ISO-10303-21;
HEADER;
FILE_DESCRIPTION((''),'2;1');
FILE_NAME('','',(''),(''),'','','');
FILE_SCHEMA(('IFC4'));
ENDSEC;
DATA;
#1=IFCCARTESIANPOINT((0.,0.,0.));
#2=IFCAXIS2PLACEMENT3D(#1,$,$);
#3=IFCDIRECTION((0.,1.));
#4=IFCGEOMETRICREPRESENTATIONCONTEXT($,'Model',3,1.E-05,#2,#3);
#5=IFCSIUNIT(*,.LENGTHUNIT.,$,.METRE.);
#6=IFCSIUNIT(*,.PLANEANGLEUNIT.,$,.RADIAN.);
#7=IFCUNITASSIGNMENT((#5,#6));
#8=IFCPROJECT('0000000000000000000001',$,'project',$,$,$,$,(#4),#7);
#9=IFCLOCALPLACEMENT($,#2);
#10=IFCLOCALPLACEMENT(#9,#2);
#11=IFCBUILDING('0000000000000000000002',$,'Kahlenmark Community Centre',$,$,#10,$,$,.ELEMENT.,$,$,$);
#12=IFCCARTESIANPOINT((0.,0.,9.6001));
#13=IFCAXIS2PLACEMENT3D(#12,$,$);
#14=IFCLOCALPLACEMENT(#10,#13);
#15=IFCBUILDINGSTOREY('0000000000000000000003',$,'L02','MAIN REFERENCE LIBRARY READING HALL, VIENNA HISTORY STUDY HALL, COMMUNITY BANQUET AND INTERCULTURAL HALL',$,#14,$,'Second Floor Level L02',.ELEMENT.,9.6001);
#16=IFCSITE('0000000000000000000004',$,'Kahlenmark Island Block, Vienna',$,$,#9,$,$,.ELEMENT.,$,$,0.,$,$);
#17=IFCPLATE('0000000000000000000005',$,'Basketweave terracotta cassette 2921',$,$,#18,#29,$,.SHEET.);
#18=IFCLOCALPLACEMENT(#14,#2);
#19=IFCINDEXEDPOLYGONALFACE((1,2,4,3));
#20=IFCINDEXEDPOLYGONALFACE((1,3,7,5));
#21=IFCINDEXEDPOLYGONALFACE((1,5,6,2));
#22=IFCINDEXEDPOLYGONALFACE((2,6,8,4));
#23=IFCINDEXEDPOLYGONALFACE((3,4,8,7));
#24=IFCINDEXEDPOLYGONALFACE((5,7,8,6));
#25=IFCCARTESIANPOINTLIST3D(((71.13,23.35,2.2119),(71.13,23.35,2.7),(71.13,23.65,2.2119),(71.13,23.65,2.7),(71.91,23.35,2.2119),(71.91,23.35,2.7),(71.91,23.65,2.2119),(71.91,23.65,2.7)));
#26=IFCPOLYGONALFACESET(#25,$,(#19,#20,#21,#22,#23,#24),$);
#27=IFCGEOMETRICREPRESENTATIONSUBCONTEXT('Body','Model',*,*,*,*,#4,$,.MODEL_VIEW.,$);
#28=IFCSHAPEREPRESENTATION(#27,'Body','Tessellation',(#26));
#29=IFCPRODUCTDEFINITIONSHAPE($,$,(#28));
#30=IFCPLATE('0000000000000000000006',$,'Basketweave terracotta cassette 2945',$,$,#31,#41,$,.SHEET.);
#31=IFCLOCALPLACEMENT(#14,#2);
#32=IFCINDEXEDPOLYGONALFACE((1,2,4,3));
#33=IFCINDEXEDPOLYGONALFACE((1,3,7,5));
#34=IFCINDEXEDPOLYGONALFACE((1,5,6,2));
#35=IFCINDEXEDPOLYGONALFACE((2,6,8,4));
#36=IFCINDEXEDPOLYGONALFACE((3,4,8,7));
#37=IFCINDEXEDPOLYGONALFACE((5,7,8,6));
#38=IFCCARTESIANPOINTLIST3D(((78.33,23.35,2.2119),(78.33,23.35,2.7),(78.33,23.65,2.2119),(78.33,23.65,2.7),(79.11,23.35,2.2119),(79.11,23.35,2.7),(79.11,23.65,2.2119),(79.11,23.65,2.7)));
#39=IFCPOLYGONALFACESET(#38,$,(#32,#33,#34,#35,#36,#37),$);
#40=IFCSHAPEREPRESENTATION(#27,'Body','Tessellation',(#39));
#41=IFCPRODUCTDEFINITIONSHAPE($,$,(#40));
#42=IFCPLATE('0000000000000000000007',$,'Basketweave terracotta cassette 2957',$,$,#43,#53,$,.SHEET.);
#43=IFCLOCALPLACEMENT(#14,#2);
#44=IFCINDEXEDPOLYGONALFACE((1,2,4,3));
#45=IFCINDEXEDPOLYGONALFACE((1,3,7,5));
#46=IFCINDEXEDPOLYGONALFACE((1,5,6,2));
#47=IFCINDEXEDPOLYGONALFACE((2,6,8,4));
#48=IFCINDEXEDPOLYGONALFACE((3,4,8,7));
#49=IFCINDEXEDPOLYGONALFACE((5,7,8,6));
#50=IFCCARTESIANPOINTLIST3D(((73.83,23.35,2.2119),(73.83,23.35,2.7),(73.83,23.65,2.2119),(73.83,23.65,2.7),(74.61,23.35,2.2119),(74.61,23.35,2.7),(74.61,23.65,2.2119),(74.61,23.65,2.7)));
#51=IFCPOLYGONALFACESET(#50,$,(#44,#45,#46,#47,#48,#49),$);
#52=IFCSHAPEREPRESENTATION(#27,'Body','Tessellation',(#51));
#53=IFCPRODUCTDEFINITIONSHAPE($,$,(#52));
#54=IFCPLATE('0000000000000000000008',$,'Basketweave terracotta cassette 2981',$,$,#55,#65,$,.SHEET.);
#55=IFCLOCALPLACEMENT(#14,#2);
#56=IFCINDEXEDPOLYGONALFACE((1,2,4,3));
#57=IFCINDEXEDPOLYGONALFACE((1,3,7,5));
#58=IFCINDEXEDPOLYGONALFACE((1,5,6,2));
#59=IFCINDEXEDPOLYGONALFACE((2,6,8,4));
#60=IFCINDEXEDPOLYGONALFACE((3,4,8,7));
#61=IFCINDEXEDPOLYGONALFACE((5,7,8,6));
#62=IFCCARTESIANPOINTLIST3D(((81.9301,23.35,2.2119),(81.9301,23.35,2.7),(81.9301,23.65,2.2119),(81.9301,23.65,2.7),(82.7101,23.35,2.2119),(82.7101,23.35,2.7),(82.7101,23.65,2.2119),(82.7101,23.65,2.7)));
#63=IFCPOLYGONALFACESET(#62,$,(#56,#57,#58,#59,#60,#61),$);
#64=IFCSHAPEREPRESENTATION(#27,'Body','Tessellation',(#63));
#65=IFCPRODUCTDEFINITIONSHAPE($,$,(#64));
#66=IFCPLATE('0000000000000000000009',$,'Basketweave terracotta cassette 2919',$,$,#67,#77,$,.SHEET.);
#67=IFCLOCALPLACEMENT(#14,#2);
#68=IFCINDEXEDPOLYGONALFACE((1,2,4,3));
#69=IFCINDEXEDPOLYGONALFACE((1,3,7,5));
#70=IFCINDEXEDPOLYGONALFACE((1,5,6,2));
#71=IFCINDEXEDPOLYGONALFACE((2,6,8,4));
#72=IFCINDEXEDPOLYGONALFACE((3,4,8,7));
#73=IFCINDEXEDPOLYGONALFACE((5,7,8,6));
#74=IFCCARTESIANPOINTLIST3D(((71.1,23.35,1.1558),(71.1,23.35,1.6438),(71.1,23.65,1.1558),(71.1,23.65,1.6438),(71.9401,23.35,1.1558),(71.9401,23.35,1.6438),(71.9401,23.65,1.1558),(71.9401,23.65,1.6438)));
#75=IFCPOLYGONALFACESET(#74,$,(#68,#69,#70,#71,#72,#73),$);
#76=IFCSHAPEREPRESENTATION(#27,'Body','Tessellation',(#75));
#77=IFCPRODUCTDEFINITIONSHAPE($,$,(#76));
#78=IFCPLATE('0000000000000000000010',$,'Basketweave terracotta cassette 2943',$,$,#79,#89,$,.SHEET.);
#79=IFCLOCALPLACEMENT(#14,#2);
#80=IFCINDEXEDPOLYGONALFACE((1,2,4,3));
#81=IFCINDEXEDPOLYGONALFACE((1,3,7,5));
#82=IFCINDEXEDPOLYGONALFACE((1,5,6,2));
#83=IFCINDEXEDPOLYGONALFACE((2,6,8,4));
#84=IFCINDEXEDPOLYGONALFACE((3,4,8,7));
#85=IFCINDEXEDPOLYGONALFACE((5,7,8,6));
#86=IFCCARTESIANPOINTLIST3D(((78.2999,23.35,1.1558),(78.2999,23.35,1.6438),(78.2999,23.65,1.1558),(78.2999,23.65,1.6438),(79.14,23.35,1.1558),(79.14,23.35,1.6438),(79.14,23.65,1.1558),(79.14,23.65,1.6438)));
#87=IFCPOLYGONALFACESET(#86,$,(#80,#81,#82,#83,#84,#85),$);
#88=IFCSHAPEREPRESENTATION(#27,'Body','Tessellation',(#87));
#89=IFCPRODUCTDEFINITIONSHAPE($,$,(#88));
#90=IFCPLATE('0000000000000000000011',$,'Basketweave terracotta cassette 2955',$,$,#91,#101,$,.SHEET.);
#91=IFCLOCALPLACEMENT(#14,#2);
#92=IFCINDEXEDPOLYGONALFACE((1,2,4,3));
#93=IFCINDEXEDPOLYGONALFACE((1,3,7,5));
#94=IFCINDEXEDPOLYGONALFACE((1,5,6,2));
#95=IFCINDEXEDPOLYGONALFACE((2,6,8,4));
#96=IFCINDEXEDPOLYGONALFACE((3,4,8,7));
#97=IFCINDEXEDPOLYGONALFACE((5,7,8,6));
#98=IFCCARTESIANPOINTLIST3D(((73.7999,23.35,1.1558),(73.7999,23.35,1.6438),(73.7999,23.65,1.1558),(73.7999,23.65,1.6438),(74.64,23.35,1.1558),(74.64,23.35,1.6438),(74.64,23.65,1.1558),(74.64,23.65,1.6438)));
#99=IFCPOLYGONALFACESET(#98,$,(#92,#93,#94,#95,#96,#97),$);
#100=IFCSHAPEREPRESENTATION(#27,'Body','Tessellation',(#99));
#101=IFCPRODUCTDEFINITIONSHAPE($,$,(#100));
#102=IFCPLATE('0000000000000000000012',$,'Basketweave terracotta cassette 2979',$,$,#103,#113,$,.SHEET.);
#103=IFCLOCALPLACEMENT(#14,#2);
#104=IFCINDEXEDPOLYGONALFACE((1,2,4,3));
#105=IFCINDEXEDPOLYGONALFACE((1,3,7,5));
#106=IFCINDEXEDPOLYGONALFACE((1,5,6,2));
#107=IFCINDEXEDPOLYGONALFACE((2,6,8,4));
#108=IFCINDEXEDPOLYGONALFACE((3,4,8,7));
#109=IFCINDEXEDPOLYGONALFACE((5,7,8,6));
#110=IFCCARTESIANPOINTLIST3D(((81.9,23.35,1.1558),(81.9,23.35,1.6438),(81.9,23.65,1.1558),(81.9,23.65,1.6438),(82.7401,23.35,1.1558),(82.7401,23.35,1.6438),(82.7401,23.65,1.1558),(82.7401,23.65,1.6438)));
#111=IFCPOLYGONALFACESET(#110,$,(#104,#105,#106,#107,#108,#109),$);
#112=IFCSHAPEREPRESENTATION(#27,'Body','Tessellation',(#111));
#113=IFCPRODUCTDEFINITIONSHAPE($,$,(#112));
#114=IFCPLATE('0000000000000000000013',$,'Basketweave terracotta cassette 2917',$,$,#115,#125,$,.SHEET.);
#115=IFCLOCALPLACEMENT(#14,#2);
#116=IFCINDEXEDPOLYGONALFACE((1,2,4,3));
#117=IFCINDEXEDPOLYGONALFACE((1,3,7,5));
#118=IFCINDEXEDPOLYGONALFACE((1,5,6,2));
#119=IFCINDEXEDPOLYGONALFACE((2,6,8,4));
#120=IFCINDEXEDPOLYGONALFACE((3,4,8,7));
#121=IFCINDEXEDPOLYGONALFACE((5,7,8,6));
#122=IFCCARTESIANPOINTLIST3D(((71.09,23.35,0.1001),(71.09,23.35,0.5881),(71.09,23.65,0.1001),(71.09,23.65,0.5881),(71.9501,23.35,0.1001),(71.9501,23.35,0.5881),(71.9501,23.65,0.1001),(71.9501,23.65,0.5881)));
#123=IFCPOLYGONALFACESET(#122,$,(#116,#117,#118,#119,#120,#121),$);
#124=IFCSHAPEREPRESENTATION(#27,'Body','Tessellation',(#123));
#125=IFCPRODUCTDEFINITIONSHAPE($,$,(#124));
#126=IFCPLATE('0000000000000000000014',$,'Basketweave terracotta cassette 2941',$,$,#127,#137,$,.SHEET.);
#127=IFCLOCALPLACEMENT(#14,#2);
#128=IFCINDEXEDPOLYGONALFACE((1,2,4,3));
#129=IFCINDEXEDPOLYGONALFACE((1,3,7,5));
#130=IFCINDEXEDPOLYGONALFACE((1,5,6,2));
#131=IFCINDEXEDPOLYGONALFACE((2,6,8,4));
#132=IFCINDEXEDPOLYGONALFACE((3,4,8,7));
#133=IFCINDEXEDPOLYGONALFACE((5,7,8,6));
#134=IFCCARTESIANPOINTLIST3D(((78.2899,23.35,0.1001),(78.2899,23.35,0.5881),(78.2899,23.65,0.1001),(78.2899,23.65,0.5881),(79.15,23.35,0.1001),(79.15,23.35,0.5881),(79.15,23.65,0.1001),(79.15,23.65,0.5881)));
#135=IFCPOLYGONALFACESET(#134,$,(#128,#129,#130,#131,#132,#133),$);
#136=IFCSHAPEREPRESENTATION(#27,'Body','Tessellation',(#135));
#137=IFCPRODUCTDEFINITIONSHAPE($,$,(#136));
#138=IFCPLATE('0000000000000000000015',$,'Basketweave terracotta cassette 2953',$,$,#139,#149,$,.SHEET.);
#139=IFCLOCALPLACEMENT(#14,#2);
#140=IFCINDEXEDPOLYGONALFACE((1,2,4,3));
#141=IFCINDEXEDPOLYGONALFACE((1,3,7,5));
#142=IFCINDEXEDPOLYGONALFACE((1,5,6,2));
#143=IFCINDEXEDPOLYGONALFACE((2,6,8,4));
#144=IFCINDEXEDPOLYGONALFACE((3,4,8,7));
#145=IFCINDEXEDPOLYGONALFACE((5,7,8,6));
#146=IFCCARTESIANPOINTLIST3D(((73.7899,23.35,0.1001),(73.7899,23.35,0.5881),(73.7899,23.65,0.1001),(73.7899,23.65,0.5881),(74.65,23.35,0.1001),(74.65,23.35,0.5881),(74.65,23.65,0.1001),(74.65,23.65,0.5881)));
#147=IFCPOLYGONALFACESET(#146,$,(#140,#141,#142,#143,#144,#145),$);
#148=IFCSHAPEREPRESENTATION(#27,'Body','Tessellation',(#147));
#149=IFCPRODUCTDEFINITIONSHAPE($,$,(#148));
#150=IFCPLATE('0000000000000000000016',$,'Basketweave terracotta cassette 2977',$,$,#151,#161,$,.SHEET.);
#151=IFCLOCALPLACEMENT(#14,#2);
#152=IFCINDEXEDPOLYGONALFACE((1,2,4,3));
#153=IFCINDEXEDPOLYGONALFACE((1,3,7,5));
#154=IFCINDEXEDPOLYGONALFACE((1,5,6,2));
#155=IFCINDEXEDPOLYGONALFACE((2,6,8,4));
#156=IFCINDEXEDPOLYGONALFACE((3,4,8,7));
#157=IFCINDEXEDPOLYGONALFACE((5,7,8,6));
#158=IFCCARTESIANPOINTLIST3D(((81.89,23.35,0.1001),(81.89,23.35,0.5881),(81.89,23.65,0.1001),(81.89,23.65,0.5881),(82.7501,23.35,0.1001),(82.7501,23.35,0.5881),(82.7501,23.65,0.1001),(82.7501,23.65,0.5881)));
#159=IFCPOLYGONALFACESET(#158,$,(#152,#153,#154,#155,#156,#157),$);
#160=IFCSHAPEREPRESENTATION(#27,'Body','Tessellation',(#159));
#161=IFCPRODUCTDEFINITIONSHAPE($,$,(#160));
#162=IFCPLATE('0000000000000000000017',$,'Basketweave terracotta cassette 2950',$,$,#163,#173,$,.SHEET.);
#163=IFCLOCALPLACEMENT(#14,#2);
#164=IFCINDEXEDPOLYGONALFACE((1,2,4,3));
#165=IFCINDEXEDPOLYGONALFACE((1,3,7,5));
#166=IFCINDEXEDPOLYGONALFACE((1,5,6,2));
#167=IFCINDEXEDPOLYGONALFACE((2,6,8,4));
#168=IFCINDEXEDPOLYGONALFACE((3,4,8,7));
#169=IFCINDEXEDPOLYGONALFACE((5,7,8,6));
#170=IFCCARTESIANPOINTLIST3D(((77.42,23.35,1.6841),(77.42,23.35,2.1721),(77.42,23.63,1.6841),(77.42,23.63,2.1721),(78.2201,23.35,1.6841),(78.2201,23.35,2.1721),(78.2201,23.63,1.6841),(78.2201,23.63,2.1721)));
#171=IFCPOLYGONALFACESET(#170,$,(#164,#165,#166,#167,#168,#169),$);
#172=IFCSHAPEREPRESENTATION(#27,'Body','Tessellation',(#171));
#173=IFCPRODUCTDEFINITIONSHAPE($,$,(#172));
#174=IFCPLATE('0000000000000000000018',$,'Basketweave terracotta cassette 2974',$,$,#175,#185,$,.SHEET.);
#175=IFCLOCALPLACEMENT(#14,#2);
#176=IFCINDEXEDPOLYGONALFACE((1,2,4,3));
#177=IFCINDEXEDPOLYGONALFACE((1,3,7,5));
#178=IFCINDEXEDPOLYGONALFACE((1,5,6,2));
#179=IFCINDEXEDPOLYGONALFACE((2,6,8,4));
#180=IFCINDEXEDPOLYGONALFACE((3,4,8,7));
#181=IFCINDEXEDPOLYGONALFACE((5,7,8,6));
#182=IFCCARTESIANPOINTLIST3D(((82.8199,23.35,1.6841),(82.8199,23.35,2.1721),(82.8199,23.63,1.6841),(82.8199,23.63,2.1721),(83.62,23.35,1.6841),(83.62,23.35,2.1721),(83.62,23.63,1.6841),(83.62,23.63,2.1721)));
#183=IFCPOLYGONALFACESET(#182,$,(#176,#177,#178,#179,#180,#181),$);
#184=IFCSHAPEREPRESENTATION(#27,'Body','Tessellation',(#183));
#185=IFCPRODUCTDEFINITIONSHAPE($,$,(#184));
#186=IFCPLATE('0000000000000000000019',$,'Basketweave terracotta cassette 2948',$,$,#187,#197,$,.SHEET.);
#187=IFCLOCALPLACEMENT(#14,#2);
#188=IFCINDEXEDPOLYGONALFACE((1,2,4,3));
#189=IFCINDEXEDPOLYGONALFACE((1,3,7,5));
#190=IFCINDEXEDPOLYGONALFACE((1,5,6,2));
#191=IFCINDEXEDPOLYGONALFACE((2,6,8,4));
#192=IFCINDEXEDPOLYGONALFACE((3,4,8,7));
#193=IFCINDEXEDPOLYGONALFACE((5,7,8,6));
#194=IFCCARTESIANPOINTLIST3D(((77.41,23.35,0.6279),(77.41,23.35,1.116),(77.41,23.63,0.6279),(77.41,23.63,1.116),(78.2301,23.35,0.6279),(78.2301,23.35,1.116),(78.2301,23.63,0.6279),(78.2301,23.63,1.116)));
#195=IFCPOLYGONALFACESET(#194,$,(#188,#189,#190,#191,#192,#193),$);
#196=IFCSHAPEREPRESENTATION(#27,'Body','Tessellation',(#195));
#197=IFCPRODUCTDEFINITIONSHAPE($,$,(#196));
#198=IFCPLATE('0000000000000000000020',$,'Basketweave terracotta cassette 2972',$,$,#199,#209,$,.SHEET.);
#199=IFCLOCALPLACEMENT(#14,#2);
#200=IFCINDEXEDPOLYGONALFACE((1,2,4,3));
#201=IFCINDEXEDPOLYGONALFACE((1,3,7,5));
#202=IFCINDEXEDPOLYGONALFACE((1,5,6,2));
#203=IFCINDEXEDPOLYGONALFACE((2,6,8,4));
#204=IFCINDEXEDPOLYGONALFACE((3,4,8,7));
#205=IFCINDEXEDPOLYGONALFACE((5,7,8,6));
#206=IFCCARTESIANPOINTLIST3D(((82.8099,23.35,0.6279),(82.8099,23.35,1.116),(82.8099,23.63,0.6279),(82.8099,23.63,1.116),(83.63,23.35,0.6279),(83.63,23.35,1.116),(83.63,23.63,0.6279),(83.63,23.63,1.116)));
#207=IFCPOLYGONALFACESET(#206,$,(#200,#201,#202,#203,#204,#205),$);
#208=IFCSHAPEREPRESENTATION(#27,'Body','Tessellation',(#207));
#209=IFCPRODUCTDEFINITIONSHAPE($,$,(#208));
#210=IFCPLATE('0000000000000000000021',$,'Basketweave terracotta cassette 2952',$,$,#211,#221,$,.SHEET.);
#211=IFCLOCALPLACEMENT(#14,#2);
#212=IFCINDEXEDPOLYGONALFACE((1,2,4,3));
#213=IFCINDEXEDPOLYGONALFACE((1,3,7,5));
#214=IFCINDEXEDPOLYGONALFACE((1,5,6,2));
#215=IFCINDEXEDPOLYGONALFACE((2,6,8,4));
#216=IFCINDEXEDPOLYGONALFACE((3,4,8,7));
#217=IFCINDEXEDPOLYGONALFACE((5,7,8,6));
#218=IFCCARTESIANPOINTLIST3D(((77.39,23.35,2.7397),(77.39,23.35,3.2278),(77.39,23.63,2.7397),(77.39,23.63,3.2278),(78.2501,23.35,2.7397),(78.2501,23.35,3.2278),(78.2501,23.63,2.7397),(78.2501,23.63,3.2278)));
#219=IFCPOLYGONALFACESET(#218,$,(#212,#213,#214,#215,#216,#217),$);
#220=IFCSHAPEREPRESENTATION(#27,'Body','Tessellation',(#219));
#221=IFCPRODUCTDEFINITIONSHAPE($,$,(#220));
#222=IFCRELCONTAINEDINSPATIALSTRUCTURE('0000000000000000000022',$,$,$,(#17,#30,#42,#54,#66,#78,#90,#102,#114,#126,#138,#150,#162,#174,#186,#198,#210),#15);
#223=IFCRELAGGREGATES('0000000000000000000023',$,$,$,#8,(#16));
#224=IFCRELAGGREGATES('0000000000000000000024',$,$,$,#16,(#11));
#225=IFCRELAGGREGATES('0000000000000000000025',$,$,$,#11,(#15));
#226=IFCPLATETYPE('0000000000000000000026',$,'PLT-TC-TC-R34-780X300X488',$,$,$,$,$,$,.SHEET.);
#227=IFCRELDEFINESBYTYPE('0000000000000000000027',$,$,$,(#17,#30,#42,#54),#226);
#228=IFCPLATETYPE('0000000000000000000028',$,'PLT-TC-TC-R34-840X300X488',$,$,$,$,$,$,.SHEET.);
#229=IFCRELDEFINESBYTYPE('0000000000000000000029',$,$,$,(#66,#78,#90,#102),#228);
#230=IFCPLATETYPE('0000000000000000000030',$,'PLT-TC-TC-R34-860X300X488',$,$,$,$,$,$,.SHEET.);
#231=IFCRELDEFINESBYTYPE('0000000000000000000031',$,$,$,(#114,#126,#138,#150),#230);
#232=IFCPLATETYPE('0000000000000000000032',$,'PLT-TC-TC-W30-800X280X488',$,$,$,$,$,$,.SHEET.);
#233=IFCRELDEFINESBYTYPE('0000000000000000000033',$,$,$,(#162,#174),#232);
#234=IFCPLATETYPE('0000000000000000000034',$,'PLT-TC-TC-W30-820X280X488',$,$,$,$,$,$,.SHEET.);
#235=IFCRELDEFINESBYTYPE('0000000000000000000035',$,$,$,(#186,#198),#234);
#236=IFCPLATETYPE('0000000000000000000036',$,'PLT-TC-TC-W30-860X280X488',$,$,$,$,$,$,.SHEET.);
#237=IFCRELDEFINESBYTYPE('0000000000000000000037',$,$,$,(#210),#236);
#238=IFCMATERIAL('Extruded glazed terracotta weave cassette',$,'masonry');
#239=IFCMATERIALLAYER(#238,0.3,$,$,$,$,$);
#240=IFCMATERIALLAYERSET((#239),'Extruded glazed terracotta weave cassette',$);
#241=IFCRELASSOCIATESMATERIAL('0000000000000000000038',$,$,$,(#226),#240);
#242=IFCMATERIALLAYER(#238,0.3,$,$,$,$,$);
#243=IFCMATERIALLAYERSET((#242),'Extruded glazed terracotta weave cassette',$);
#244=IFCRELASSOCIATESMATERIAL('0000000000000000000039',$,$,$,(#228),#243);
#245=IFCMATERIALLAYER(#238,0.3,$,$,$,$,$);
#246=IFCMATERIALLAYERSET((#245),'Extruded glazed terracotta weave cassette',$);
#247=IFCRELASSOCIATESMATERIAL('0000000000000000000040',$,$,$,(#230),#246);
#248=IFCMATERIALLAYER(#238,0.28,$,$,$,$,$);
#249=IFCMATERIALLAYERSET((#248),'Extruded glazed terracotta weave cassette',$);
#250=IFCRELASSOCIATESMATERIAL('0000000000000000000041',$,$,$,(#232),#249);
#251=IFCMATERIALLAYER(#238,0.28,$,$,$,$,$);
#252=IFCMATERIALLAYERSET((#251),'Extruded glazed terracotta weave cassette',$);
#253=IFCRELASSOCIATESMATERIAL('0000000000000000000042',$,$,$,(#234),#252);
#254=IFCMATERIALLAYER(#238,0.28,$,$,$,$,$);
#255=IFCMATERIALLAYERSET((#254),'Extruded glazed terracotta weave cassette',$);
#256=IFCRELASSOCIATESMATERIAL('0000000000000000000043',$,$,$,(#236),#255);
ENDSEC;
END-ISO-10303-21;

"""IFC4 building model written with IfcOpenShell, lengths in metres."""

from ifc_helpers import new_model, si_unit, direction, frame, origin, origin_2d, place, context, subcontext, project, spatial, rectangle, extrude, material, layer, layer_set, type_object, element, save


model = new_model("IFC4")

# Units and contexts
model_context = context("Model", 3, precision=1e-05, world=origin(), true_north=direction((0.0, 1.0)))
body_context = subcontext(model_context, "Body", "Model", "MODEL_VIEW")
ifc_project = project(units=[si_unit("LENGTHUNIT", "METRE"), si_unit("PLANEANGLEUNIT", "RADIAN")], contexts=[model_context])

# Site, building, storey
site_placement = place(None, origin())
site = spatial("IfcSite", under=ifc_project, at=site_placement, Name="Kahlenmark Island Block, Vienna", CompositionType="ELEMENT", RefElevation=0.0)
building_placement = place(site_placement, origin())
building = spatial("IfcBuilding", under=site, at=building_placement, Name="Kahlenmark Community Centre", CompositionType="ELEMENT")
storey_placement = place(building_placement, frame((0.0, 0.0, 9.6001)))
storey = spatial("IfcBuildingStorey", under=building, at=storey_placement, Name="L02", Description="MAIN REFERENCE LIBRARY READING HALL, VIENNA HISTORY STUDY HALL, COMMUNITY BANQUET AND INTERCULTURAL HALL", LongName="Second Floor Level L02", CompositionType="ELEMENT", Elevation=9.6001)

# Plates
ifc_material = material(Name="Extruded glazed terracotta weave cassette", Category="masonry")
ifc_layer_1 = layer(ifc_material, 0.3)
ifc_layer_set_1 = layer_set([ifc_layer_1], Name="Extruded glazed terracotta weave cassette")
plate_type_1 = type_object("IfcPlateType", Name="PLT-TC-TC-R34-780X300X488", PredefinedType="SHEET", material=ifc_layer_set_1)
for number, where, z_axis, x_axis, name in (
    (1, (71.52, 23.5, 2.2119), (0.0, 0.0, 1.0), (-1.0, 0.0, 0.0), "Basketweave terracotta cassette 2921"),
    (2, (78.72, 23.5, 2.2119), (0.0, 0.0, 1.0), (-1.0, 0.0, 0.0), "Basketweave terracotta cassette 2945"),
    (3, (74.22, 23.5, 2.2119), (0.0, 0.0, 1.0), (-1.0, 0.0, 0.0), "Basketweave terracotta cassette 2957"),
    (4, (82.3201, 23.5, 2.2119), (0.0, 0.0, 1.0), (-1.0, 0.0, 0.0), "Basketweave terracotta cassette 2981"),
):
    element("IfcPlate", number, at=place(storey_placement, frame(where, z_axis=z_axis, x_axis=x_axis)), inside=storey, type_object=plate_type_1, Name=name, PredefinedType="SHEET", context=body_context, shape_type="SweptSolid", body=[
        extrude(rectangle(XDim=0.78, YDim=0.3, at=origin_2d()), origin(), (0.0, 0.0, 1.0), 0.488),
    ])
ifc_layer_2 = layer(ifc_material, 0.3)
ifc_layer_set_2 = layer_set([ifc_layer_2], Name="Extruded glazed terracotta weave cassette")
plate_type_2 = type_object("IfcPlateType", Name="PLT-TC-TC-R34-840X300X488", PredefinedType="SHEET", material=ifc_layer_set_2)
for number, where, z_axis, x_axis, name in (
    (5, (71.52, 23.5, 1.1558), (0.0, 0.0, 1.0), (-1.0, 0.0, 0.0), "Basketweave terracotta cassette 2919"),
    (6, (78.72, 23.5, 1.1558), (0.0, 0.0, 1.0), (-1.0, 0.0, 0.0), "Basketweave terracotta cassette 2943"),
    (7, (74.22, 23.5, 1.1558), (0.0, 0.0, 1.0), (-1.0, 0.0, 0.0), "Basketweave terracotta cassette 2955"),
    (8, (82.3201, 23.5, 1.1558), (0.0, 0.0, 1.0), (-1.0, 0.0, 0.0), "Basketweave terracotta cassette 2979"),
):
    element("IfcPlate", number, at=place(storey_placement, frame(where, z_axis=z_axis, x_axis=x_axis)), inside=storey, type_object=plate_type_2, Name=name, PredefinedType="SHEET", context=body_context, shape_type="SweptSolid", body=[
        extrude(rectangle(XDim=0.8401, YDim=0.3, at=origin_2d()), origin(), (0.0, 0.0, 1.0), 0.488),
    ])
ifc_layer_3 = layer(ifc_material, 0.3)
ifc_layer_set_3 = layer_set([ifc_layer_3], Name="Extruded glazed terracotta weave cassette")
plate_type_3 = type_object("IfcPlateType", Name="PLT-TC-TC-R34-860X300X488", PredefinedType="SHEET", material=ifc_layer_set_3)
for number, where, z_axis, x_axis, name in (
    (9, (71.52, 23.5, 0.1001), (0.0, 0.0, 1.0), (-1.0, 0.0, 0.0), "Basketweave terracotta cassette 2917"),
    (10, (78.72, 23.5, 0.1001), (0.0, 0.0, 1.0), (-1.0, 0.0, 0.0), "Basketweave terracotta cassette 2941"),
    (11, (74.22, 23.5, 0.1001), (0.0, 0.0, 1.0), (-1.0, 0.0, 0.0), "Basketweave terracotta cassette 2953"),
    (12, (82.3201, 23.5, 0.1001), (0.0, 0.0, 1.0), (-1.0, 0.0, 0.0), "Basketweave terracotta cassette 2977"),
):
    element("IfcPlate", number, at=place(storey_placement, frame(where, z_axis=z_axis, x_axis=x_axis)), inside=storey, type_object=plate_type_3, Name=name, PredefinedType="SHEET", context=body_context, shape_type="SweptSolid", body=[
        extrude(rectangle(XDim=0.8601, YDim=0.3, at=origin_2d()), origin(), (0.0, 0.0, 1.0), 0.488),
    ])
ifc_layer_4 = layer(ifc_material, 0.28)
ifc_layer_set_4 = layer_set([ifc_layer_4], Name="Extruded glazed terracotta weave cassette")
plate_type_4 = type_object("IfcPlateType", Name="PLT-TC-TC-W30-800X280X488", PredefinedType="SHEET", material=ifc_layer_set_4)
for number, where, z_axis, x_axis, name in (
    (13, (77.8201, 23.49, 1.6841), (0.0, 0.0, 1.0), (-1.0, 0.0, 0.0), "Basketweave terracotta cassette 2950"),
    (14, (83.22, 23.49, 1.6841), (0.0, 0.0, 1.0), (-1.0, 0.0, 0.0), "Basketweave terracotta cassette 2974"),
):
    element("IfcPlate", number, at=place(storey_placement, frame(where, z_axis=z_axis, x_axis=x_axis)), inside=storey, type_object=plate_type_4, Name=name, PredefinedType="SHEET", context=body_context, shape_type="SweptSolid", body=[
        extrude(rectangle(XDim=0.8, YDim=0.28, at=origin_2d()), origin(), (0.0, 0.0, 1.0), 0.488),
    ])
ifc_layer_5 = layer(ifc_material, 0.28)
ifc_layer_set_5 = layer_set([ifc_layer_5], Name="Extruded glazed terracotta weave cassette")
plate_type_5 = type_object("IfcPlateType", Name="PLT-TC-TC-W30-820X280X488", PredefinedType="SHEET", material=ifc_layer_set_5)
for number, where, z_axis, x_axis, name in (
    (15, (77.8201, 23.49, 0.6279), (0.0, 0.0, 1.0), (-1.0, 0.0, 0.0), "Basketweave terracotta cassette 2948"),
    (16, (83.22, 23.49, 0.6279), (0.0, 0.0, 1.0), (-1.0, 0.0, 0.0), "Basketweave terracotta cassette 2972"),
):
    element("IfcPlate", number, at=place(storey_placement, frame(where, z_axis=z_axis, x_axis=x_axis)), inside=storey, type_object=plate_type_5, Name=name, PredefinedType="SHEET", context=body_context, shape_type="SweptSolid", body=[
        extrude(rectangle(XDim=0.8201, YDim=0.28, at=origin_2d()), origin(), (0.0, 0.0, 1.0), 0.488),
    ])
ifc_layer_6 = layer(ifc_material, 0.28)
ifc_layer_set_6 = layer_set([ifc_layer_6], Name="Extruded glazed terracotta weave cassette")
plate_type_6 = type_object("IfcPlateType", Name="PLT-TC-TC-W30-860X280X488", PredefinedType="SHEET", material=ifc_layer_set_6)
for number, where, z_axis, x_axis, name in (
    (17, (77.8201, 23.49, 2.7397), (0.0, 0.0, 1.0), (-1.0, 0.0, 0.0), "Basketweave terracotta cassette 2952"),
):
    element("IfcPlate", number, at=place(storey_placement, frame(where, z_axis=z_axis, x_axis=x_axis)), inside=storey, type_object=plate_type_6, Name=name, PredefinedType="SHEET", context=body_context, shape_type="SweptSolid", body=[
        extrude(rectangle(XDim=0.8601, YDim=0.28, at=origin_2d()), origin(), (0.0, 0.0, 1.0), 0.488),
    ])

save(model, "model.ifc")
